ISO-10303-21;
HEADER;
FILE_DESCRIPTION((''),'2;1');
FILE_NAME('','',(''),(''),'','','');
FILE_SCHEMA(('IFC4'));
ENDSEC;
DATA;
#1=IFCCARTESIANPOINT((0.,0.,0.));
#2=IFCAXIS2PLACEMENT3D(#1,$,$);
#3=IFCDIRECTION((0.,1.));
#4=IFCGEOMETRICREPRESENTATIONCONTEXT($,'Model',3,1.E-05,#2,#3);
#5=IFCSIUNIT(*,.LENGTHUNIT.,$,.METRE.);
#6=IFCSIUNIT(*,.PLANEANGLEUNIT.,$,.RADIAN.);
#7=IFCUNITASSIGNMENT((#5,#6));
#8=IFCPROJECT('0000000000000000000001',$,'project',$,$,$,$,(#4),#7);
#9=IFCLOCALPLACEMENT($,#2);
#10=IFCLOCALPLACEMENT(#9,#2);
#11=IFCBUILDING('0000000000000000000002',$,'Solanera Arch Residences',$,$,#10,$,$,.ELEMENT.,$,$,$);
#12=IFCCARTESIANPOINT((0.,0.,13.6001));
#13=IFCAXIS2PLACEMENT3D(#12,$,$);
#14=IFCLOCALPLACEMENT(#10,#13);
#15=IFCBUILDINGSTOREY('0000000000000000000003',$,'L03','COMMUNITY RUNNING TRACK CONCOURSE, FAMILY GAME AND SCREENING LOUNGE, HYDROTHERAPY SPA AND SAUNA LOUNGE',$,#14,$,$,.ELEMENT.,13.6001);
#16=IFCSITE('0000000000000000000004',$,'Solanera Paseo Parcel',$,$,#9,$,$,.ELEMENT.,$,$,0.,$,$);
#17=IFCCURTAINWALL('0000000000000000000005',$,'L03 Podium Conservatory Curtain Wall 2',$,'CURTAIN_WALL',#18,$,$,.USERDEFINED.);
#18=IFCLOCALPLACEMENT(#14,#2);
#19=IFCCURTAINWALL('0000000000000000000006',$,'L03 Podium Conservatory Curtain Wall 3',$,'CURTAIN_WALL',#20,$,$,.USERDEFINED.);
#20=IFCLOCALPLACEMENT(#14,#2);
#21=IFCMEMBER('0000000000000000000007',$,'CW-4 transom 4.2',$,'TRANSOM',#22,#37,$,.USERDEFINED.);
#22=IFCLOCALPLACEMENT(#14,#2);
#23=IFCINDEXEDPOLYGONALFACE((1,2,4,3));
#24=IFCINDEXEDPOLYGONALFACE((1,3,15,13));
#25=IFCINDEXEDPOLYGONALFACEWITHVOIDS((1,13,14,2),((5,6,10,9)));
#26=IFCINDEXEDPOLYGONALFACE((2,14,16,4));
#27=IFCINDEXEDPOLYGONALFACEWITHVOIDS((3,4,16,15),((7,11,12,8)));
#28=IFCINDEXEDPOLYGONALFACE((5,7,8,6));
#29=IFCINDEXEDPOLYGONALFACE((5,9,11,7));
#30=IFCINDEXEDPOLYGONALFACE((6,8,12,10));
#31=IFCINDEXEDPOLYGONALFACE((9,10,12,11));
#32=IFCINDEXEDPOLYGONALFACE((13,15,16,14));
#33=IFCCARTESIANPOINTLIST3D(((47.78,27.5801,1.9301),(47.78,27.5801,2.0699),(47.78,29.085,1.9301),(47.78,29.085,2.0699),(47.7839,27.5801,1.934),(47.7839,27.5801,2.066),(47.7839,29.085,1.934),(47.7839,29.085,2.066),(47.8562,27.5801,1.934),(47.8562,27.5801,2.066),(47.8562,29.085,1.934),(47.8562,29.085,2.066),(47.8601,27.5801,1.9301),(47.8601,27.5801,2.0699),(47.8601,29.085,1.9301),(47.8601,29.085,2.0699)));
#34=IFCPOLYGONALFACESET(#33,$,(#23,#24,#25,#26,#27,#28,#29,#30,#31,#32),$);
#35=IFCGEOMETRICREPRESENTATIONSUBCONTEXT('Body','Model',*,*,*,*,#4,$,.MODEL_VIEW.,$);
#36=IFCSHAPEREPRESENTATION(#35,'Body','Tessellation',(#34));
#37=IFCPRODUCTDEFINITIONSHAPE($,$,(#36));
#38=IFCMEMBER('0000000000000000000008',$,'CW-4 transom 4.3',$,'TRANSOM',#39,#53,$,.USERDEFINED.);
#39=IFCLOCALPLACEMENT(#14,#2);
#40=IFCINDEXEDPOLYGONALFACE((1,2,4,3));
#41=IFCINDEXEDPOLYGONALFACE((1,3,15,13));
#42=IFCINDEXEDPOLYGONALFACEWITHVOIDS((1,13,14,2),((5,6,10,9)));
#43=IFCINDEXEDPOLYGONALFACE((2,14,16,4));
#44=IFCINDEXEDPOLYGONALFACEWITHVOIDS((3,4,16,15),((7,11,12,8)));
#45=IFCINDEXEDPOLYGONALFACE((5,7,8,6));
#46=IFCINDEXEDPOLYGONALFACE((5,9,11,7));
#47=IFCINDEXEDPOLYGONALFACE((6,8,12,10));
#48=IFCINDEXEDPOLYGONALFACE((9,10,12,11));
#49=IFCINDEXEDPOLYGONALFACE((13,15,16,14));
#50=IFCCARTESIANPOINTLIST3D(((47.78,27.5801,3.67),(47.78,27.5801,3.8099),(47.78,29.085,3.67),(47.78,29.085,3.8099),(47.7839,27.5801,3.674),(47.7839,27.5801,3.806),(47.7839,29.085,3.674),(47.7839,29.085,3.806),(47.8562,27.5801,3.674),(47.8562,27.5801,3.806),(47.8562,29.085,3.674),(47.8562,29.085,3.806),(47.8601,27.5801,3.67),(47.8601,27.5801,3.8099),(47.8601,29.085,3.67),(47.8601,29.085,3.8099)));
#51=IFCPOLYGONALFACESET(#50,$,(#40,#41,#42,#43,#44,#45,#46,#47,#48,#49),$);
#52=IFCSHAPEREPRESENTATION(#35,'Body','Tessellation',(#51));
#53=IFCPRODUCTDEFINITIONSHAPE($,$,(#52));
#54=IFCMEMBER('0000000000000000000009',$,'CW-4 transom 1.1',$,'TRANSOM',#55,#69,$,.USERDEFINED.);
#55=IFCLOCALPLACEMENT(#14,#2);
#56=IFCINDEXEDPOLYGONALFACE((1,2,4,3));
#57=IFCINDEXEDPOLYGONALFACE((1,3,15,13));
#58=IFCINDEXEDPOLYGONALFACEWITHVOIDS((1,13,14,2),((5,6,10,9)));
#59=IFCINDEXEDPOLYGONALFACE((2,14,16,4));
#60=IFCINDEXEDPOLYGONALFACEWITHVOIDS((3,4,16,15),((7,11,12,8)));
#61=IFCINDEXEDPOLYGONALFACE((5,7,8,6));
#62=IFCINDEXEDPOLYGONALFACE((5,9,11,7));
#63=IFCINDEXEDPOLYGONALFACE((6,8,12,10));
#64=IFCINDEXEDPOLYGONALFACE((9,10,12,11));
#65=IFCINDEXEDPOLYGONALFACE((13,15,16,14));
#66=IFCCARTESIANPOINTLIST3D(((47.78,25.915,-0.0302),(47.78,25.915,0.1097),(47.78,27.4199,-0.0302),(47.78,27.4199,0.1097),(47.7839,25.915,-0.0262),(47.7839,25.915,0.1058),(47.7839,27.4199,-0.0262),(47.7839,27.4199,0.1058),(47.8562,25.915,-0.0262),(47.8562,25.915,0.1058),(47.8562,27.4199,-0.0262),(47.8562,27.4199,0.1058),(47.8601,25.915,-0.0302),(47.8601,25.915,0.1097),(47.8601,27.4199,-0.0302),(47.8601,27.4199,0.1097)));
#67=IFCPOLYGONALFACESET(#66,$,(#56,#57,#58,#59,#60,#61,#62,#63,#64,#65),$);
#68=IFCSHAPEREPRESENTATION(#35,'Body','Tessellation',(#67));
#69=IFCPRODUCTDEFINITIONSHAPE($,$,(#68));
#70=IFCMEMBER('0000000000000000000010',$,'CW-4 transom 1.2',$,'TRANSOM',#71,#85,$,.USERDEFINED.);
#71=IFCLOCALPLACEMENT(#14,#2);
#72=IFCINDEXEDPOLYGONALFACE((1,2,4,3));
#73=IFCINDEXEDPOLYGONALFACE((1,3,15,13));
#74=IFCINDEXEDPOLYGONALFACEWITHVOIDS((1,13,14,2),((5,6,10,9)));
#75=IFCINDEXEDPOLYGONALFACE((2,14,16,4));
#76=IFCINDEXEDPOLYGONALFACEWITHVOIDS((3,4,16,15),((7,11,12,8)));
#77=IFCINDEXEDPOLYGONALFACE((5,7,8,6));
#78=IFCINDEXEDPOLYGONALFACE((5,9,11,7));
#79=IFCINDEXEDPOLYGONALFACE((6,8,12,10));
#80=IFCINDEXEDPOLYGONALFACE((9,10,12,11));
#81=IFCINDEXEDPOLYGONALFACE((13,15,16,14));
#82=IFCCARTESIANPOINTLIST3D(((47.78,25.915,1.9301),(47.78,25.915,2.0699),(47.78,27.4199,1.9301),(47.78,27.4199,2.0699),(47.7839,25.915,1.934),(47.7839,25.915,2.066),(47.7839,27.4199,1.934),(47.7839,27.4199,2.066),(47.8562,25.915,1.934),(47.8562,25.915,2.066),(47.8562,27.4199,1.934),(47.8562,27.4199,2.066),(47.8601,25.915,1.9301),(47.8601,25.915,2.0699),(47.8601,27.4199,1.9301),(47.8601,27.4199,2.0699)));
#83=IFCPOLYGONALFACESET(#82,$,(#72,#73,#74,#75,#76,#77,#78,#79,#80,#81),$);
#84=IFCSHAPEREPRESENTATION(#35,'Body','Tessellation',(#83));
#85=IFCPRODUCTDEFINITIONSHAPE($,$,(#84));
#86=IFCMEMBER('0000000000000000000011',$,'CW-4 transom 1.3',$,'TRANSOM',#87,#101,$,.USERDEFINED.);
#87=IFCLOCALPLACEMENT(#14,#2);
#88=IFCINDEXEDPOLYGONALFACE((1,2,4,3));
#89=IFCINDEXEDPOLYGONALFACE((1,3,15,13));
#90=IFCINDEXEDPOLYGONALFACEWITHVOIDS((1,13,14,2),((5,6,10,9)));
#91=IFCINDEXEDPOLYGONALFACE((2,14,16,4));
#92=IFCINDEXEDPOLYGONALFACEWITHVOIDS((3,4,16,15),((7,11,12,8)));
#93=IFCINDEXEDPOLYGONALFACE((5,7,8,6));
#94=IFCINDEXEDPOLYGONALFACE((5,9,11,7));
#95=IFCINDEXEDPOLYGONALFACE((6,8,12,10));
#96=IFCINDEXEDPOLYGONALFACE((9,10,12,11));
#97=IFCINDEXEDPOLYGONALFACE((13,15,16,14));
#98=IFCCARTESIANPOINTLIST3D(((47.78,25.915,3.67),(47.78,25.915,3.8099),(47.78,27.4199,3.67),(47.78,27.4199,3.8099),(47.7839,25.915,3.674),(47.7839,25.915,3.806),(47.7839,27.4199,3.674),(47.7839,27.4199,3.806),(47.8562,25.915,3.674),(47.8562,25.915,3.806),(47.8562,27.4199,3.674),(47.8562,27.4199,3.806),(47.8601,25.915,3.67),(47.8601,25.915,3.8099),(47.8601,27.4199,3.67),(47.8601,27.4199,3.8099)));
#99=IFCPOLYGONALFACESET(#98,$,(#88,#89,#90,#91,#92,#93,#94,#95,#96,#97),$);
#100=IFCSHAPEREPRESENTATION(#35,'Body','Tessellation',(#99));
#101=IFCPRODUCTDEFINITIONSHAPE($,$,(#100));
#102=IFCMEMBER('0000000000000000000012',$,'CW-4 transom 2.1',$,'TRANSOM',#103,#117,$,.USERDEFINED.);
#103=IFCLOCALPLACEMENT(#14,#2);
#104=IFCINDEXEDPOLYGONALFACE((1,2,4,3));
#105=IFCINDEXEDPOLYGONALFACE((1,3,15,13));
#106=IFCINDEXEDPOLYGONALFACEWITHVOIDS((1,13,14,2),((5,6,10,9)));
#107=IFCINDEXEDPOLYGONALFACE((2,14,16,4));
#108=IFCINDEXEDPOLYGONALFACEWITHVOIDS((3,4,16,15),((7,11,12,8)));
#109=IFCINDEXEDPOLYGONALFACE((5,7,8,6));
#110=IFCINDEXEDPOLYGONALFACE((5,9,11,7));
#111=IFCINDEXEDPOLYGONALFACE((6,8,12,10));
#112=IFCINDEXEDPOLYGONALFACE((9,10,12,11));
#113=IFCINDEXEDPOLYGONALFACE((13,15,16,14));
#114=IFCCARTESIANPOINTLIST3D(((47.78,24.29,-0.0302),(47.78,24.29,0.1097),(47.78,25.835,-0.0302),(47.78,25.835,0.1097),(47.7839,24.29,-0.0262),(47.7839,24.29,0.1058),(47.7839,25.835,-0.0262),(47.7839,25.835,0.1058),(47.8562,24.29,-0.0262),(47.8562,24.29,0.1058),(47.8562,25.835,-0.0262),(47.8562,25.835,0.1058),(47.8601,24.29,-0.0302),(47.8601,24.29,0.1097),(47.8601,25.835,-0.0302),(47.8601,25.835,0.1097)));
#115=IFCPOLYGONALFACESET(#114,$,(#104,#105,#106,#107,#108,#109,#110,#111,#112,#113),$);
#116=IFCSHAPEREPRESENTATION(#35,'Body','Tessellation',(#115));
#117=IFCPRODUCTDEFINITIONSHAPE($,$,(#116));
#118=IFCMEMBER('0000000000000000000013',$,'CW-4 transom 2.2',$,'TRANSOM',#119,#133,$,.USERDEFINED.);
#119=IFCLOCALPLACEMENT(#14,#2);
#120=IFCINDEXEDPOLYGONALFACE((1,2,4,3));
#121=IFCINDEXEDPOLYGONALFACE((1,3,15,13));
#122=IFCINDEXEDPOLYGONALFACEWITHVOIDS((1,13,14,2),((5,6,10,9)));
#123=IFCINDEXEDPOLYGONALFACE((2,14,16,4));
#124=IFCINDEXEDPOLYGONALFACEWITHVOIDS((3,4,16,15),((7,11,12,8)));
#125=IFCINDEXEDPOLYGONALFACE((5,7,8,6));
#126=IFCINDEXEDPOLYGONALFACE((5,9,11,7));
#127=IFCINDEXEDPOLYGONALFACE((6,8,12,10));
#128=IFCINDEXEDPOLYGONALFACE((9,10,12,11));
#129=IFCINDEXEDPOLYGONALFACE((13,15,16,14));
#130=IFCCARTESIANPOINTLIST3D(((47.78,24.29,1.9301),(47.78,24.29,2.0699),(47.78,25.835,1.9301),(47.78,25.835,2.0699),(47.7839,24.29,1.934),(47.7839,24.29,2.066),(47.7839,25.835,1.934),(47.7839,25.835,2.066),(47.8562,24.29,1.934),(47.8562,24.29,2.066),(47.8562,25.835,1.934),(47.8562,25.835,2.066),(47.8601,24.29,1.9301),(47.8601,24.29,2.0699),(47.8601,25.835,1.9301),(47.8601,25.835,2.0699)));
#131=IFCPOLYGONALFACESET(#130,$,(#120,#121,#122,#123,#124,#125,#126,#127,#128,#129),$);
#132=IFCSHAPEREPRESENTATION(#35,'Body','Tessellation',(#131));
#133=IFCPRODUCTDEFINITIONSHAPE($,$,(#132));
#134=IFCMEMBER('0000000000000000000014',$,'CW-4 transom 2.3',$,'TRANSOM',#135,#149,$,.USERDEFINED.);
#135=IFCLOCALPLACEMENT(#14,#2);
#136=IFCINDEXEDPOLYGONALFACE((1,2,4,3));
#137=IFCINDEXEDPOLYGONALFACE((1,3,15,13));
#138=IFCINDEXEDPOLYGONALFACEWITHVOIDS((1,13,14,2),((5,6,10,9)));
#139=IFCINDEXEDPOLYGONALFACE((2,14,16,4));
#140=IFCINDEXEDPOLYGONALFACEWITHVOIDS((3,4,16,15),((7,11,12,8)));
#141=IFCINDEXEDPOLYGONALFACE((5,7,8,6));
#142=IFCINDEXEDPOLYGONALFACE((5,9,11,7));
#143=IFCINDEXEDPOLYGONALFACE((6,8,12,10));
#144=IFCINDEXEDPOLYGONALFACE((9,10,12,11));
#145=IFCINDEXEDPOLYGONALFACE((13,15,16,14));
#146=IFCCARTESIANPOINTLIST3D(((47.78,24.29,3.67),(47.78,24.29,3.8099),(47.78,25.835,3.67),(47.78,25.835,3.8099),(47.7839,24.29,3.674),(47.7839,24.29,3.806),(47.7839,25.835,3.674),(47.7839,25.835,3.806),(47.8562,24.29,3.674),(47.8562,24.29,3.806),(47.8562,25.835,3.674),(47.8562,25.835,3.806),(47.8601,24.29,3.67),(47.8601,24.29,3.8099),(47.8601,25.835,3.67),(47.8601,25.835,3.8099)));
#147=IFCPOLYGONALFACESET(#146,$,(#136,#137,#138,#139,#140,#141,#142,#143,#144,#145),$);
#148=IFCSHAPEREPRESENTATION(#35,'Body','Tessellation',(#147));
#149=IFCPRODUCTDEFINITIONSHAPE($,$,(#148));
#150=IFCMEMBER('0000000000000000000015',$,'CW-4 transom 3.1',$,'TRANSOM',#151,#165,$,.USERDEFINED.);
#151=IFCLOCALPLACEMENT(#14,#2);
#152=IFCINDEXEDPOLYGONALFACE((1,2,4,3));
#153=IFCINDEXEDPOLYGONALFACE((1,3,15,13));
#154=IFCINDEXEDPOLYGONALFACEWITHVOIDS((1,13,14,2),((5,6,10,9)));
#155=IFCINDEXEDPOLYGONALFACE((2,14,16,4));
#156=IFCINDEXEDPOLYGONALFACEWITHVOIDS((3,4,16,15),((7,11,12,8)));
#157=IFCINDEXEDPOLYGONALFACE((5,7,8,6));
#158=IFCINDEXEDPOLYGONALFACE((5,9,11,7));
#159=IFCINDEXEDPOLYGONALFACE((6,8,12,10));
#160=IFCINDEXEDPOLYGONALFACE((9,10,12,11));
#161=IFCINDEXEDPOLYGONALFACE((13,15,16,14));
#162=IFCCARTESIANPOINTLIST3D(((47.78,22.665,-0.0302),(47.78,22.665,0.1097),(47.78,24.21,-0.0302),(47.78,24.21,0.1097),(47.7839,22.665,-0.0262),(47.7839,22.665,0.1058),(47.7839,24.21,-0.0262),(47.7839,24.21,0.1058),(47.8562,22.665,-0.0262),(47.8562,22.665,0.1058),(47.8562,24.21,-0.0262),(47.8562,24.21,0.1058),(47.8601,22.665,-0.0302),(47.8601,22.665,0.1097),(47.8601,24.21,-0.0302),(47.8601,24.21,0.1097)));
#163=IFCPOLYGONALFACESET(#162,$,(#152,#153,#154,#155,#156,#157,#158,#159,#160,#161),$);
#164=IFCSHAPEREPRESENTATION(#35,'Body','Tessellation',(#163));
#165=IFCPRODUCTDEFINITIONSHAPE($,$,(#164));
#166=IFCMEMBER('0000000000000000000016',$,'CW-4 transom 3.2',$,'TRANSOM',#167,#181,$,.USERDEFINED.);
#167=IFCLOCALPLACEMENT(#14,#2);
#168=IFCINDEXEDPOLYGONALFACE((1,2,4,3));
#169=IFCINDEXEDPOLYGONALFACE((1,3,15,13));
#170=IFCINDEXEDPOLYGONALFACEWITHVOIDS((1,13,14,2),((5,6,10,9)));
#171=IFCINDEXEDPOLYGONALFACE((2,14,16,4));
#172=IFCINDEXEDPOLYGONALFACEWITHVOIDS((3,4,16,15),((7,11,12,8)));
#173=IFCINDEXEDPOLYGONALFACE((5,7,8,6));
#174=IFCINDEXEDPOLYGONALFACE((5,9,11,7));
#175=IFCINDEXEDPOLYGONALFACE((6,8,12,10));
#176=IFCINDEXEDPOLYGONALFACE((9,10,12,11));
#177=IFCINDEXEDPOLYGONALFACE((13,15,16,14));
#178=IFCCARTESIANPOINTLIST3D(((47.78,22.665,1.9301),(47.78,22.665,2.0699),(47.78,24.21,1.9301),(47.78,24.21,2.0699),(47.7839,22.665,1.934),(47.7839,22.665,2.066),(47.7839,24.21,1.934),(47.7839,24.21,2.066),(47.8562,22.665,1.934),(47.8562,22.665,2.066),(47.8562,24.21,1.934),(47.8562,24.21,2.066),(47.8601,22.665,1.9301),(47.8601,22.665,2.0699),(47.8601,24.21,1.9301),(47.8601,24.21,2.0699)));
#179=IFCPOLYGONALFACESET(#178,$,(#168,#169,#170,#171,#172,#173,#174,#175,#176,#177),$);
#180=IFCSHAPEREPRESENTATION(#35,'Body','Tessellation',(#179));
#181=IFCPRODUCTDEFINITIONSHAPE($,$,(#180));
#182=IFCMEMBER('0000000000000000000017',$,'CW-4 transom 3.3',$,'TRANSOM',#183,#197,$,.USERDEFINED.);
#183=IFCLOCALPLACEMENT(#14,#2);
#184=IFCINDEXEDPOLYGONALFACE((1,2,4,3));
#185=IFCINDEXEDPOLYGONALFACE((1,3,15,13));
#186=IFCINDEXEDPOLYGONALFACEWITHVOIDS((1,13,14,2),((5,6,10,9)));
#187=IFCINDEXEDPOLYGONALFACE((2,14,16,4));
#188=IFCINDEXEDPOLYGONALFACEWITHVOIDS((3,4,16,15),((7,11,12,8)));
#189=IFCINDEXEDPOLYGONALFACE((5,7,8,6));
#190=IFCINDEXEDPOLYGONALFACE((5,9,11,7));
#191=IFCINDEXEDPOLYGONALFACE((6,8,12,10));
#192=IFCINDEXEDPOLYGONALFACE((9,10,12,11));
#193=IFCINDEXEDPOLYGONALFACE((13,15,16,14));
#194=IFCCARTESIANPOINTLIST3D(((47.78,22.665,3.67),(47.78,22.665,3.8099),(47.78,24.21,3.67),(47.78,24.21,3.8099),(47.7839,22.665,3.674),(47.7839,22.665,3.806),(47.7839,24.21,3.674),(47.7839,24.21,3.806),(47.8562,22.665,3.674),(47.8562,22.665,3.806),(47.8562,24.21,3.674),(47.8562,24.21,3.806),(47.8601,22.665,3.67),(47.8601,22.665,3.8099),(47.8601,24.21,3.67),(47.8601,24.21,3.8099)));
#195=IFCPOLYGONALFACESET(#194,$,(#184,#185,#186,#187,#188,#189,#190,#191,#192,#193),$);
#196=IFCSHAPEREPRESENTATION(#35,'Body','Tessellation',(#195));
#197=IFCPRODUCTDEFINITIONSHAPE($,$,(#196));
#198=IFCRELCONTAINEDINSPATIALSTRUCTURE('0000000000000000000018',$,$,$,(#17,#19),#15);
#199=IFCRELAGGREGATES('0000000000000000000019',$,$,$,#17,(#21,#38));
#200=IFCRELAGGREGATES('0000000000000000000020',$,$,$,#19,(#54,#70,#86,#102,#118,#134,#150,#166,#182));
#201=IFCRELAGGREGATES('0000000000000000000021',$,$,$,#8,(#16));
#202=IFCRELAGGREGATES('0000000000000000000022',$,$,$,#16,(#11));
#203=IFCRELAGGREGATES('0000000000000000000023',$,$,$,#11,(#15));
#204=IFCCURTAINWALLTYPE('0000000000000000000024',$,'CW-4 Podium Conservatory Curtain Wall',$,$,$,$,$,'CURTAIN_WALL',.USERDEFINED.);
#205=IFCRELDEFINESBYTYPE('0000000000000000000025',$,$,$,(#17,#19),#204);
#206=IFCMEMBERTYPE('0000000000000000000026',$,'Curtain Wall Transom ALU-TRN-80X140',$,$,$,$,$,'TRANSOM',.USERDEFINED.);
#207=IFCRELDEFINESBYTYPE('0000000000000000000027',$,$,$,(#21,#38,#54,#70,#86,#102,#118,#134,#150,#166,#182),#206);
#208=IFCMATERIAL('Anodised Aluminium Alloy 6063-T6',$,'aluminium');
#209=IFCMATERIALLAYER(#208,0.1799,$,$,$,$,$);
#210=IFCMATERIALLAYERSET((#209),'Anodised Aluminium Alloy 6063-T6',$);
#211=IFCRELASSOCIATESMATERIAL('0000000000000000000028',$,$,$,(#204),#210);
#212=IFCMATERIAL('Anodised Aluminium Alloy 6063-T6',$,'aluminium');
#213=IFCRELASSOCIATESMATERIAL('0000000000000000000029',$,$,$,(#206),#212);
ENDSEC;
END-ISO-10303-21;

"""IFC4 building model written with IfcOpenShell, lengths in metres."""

from ifc_helpers import new_model, si_unit, direction, frame, origin, origin_2d, place, context, subcontext, project, spatial, hollow_rectangle, extrude, material, layer, layer_set, material_profile, profile_set, type_object, element, aggregate, save


model = new_model("IFC4")

# Units and contexts
model_context = context("Model", 3, precision=1e-05, world=origin(), true_north=direction((0.0, 1.0)))
body_context = subcontext(model_context, "Body", "Model", "MODEL_VIEW")
ifc_project = project(units=[si_unit("LENGTHUNIT", "METRE"), si_unit("PLANEANGLEUNIT", "RADIAN")], contexts=[model_context])

# Site, building, storey
site_placement = place(None, origin())
site = spatial("IfcSite", under=ifc_project, at=site_placement, Name="Solanera Paseo Parcel", CompositionType="ELEMENT", RefElevation=0.0)
building_placement = place(site_placement, origin())
building = spatial("IfcBuilding", under=site, at=building_placement, Name="Solanera Arch Residences", CompositionType="ELEMENT")
storey_placement = place(building_placement, frame((0.0, 0.0, 13.6001)))
storey = spatial("IfcBuildingStorey", under=building, at=storey_placement, Name="L03", Description="COMMUNITY RUNNING TRACK CONCOURSE, FAMILY GAME AND SCREENING LOUNGE, HYDROTHERAPY SPA AND SAUNA LOUNGE", CompositionType="ELEMENT", Elevation=13.6001)

# Curtain walls
ifc_material_1 = material(Name="Anodised Aluminium Alloy 6063-T6", Category="aluminium")
ifc_layer_1 = layer(ifc_material_1, 0.1799)
ifc_layer_set_1 = layer_set([ifc_layer_1], Name="Anodised Aluminium Alloy 6063-T6")
curtain_wall_type = type_object("IfcCurtainWallType", Name="CW-4 Podium Conservatory Curtain Wall", ElementType="CURTAIN_WALL", PredefinedType="USERDEFINED", material=ifc_layer_set_1)
curtain_wall_1_placement = place(storey_placement, origin())
curtain_wall_1 = element("IfcCurtainWall", 1, at=curtain_wall_1_placement, inside=storey, type_object=curtain_wall_type, Name="L03 Podium Conservatory Curtain Wall 2", ObjectType="CURTAIN_WALL", PredefinedType="USERDEFINED")
curtain_wall_2_placement = place(storey_placement, origin())
curtain_wall_2 = element("IfcCurtainWall", 2, at=curtain_wall_2_placement, inside=storey, type_object=curtain_wall_type, Name="L03 Podium Conservatory Curtain Wall 3", ObjectType="CURTAIN_WALL", PredefinedType="USERDEFINED")

# Members
ifc_material_2 = material(Name="Anodised Aluminium Alloy 6063-T6", Category="aluminium")
ifc_material_profile_1 = material_profile(ifc_material_2, hollow_rectangle(XDim=0.0801, YDim=0.1399, WallThickness=0.0039, at=origin_2d()))
ifc_profile_set_1 = profile_set([ifc_material_profile_1], Name="Anodised Aluminium Alloy 6063-T6")
member_type_1 = type_object("IfcMemberType", Name="Curtain Wall Transom ALU-TRN-80X140", ElementType="TRANSOM", PredefinedType="USERDEFINED", material=ifc_profile_set_1)
member_1_placement = place(storey_placement, frame((47.8201, 29.085, 2.0), z_axis=(0.0, -1.0, 0.0), x_axis=(1.0, 0.0, 0.0)))
member_1 = element("IfcMember", 3, at=member_1_placement, type_object=member_type_1, Name="CW-4 transom 4.2", ObjectType="TRANSOM", PredefinedType="USERDEFINED", context=body_context, shape_type="SweptSolid", body=[
    extrude(hollow_rectangle(XDim=0.0801, YDim=0.1399, WallThickness=0.0039, at=origin_2d()), origin(), (0.0, 0.0, 1.0), 1.5049),
])
member_2_placement = place(storey_placement, frame((47.8201, 29.085, 3.74), z_axis=(0.0, -1.0, 0.0), x_axis=(1.0, 0.0, 0.0)))
member_2 = element("IfcMember", 4, at=member_2_placement, type_object=member_type_1, Name="CW-4 transom 4.3", ObjectType="TRANSOM", PredefinedType="USERDEFINED", context=body_context, shape_type="SweptSolid", body=[
    extrude(hollow_rectangle(XDim=0.0801, YDim=0.1399, WallThickness=0.0039, at=origin_2d()), origin(), (0.0, 0.0, 1.0), 1.5049),
])
member_3_placement = place(storey_placement, frame((47.8201, 27.4199, 0.0398), z_axis=(0.0, -1.0, 0.0), x_axis=(1.0, 0.0, 0.0)))
member_3 = element("IfcMember", 5, at=member_3_placement, type_object=member_type_1, Name="CW-4 transom 1.1", ObjectType="TRANSOM", PredefinedType="USERDEFINED", context=body_context, shape_type="SweptSolid", body=[
    extrude(hollow_rectangle(XDim=0.0801, YDim=0.1399, WallThickness=0.0039, at=origin_2d()), origin(), (0.0, 0.0, 1.0), 1.5049),
])
member_4_placement = place(storey_placement, frame((47.8201, 27.4199, 2.0), z_axis=(0.0, -1.0, 0.0), x_axis=(1.0, 0.0, 0.0)))
member_4 = element("IfcMember", 6, at=member_4_placement, type_object=member_type_1, Name="CW-4 transom 1.2", ObjectType="TRANSOM", PredefinedType="USERDEFINED", context=body_context, shape_type="SweptSolid", body=[
    extrude(hollow_rectangle(XDim=0.0801, YDim=0.1399, WallThickness=0.0039, at=origin_2d()), origin(), (0.0, 0.0, 1.0), 1.5049),
])
member_5_placement = place(storey_placement, frame((47.8201, 27.4199, 3.74), z_axis=(0.0, -1.0, 0.0), x_axis=(1.0, 0.0, 0.0)))
member_5 = element("IfcMember", 7, at=member_5_placement, type_object=member_type_1, Name="CW-4 transom 1.3", ObjectType="TRANSOM", PredefinedType="USERDEFINED", context=body_context, shape_type="SweptSolid", body=[
    extrude(hollow_rectangle(XDim=0.0801, YDim=0.1399, WallThickness=0.0039, at=origin_2d()), origin(), (0.0, 0.0, 1.0), 1.5049),
])
member_6_placement = place(storey_placement, frame((47.8201, 25.835, 0.0398), z_axis=(0.0, -1.0, 0.0), x_axis=(1.0, 0.0, 0.0)))
member_6 = element("IfcMember", 8, at=member_6_placement, type_object=member_type_1, Name="CW-4 transom 2.1", ObjectType="TRANSOM", PredefinedType="USERDEFINED", context=body_context, shape_type="SweptSolid", body=[
    extrude(hollow_rectangle(XDim=0.0801, YDim=0.1399, WallThickness=0.0039, at=origin_2d()), origin(), (0.0, 0.0, 1.0), 1.5449),
])
member_7_placement = place(storey_placement, frame((47.8201, 25.835, 2.0), z_axis=(0.0, -1.0, 0.0), x_axis=(1.0, 0.0, 0.0)))
member_7 = element("IfcMember", 9, at=member_7_placement, type_object=member_type_1, Name="CW-4 transom 2.2", ObjectType="TRANSOM", PredefinedType="USERDEFINED", context=body_context, shape_type="SweptSolid", body=[
    extrude(hollow_rectangle(XDim=0.0801, YDim=0.1399, WallThickness=0.0039, at=origin_2d()), origin(), (0.0, 0.0, 1.0), 1.5449),
])
member_8_placement = place(storey_placement, frame((47.8201, 25.835, 3.74), z_axis=(0.0, -1.0, 0.0), x_axis=(1.0, 0.0, 0.0)))
member_8 = element("IfcMember", 10, at=member_8_placement, type_object=member_type_1, Name="CW-4 transom 2.3", ObjectType="TRANSOM", PredefinedType="USERDEFINED", context=body_context, shape_type="SweptSolid", body=[
    extrude(hollow_rectangle(XDim=0.0801, YDim=0.1399, WallThickness=0.0039, at=origin_2d()), origin(), (0.0, 0.0, 1.0), 1.5449),
])
member_9_placement = place(storey_placement, frame((47.8201, 24.21, 0.0398), z_axis=(0.0, -1.0, 0.0), x_axis=(1.0, 0.0, 0.0)))
member_9 = element("IfcMember", 11, at=member_9_placement, type_object=member_type_1, Name="CW-4 transom 3.1", ObjectType="TRANSOM", PredefinedType="USERDEFINED", context=body_context, shape_type="SweptSolid", body=[
    extrude(hollow_rectangle(XDim=0.0801, YDim=0.1399, WallThickness=0.0039, at=origin_2d()), origin(), (0.0, 0.0, 1.0), 1.5449),
])
member_10_placement = place(storey_placement, frame((47.8201, 24.21, 2.0), z_axis=(0.0, -1.0, 0.0), x_axis=(1.0, 0.0, 0.0)))
member_10 = element("IfcMember", 12, at=member_10_placement, type_object=member_type_1, Name="CW-4 transom 3.2", ObjectType="TRANSOM", PredefinedType="USERDEFINED", context=body_context, shape_type="SweptSolid", body=[
    extrude(hollow_rectangle(XDim=0.0801, YDim=0.1399, WallThickness=0.0039, at=origin_2d()), origin(), (0.0, 0.0, 1.0), 1.5449),
])
member_11_placement = place(storey_placement, frame((47.8201, 24.21, 3.74), z_axis=(0.0, -1.0, 0.0), x_axis=(1.0, 0.0, 0.0)))
member_11 = element("IfcMember", 13, at=member_11_placement, type_object=member_type_1, Name="CW-4 transom 3.3", ObjectType="TRANSOM", PredefinedType="USERDEFINED", context=body_context, shape_type="SweptSolid", body=[
    extrude(hollow_rectangle(XDim=0.0801, YDim=0.1399, WallThickness=0.0039, at=origin_2d()), origin(), (0.0, 0.0, 1.0), 1.5449),
])

aggregate(curtain_wall_1, [member_1, member_2])
aggregate(curtain_wall_2, [member_3, member_4, member_5, member_6, member_7, member_8, member_9, member_10, member_11])

save(model, "model.ifc")
